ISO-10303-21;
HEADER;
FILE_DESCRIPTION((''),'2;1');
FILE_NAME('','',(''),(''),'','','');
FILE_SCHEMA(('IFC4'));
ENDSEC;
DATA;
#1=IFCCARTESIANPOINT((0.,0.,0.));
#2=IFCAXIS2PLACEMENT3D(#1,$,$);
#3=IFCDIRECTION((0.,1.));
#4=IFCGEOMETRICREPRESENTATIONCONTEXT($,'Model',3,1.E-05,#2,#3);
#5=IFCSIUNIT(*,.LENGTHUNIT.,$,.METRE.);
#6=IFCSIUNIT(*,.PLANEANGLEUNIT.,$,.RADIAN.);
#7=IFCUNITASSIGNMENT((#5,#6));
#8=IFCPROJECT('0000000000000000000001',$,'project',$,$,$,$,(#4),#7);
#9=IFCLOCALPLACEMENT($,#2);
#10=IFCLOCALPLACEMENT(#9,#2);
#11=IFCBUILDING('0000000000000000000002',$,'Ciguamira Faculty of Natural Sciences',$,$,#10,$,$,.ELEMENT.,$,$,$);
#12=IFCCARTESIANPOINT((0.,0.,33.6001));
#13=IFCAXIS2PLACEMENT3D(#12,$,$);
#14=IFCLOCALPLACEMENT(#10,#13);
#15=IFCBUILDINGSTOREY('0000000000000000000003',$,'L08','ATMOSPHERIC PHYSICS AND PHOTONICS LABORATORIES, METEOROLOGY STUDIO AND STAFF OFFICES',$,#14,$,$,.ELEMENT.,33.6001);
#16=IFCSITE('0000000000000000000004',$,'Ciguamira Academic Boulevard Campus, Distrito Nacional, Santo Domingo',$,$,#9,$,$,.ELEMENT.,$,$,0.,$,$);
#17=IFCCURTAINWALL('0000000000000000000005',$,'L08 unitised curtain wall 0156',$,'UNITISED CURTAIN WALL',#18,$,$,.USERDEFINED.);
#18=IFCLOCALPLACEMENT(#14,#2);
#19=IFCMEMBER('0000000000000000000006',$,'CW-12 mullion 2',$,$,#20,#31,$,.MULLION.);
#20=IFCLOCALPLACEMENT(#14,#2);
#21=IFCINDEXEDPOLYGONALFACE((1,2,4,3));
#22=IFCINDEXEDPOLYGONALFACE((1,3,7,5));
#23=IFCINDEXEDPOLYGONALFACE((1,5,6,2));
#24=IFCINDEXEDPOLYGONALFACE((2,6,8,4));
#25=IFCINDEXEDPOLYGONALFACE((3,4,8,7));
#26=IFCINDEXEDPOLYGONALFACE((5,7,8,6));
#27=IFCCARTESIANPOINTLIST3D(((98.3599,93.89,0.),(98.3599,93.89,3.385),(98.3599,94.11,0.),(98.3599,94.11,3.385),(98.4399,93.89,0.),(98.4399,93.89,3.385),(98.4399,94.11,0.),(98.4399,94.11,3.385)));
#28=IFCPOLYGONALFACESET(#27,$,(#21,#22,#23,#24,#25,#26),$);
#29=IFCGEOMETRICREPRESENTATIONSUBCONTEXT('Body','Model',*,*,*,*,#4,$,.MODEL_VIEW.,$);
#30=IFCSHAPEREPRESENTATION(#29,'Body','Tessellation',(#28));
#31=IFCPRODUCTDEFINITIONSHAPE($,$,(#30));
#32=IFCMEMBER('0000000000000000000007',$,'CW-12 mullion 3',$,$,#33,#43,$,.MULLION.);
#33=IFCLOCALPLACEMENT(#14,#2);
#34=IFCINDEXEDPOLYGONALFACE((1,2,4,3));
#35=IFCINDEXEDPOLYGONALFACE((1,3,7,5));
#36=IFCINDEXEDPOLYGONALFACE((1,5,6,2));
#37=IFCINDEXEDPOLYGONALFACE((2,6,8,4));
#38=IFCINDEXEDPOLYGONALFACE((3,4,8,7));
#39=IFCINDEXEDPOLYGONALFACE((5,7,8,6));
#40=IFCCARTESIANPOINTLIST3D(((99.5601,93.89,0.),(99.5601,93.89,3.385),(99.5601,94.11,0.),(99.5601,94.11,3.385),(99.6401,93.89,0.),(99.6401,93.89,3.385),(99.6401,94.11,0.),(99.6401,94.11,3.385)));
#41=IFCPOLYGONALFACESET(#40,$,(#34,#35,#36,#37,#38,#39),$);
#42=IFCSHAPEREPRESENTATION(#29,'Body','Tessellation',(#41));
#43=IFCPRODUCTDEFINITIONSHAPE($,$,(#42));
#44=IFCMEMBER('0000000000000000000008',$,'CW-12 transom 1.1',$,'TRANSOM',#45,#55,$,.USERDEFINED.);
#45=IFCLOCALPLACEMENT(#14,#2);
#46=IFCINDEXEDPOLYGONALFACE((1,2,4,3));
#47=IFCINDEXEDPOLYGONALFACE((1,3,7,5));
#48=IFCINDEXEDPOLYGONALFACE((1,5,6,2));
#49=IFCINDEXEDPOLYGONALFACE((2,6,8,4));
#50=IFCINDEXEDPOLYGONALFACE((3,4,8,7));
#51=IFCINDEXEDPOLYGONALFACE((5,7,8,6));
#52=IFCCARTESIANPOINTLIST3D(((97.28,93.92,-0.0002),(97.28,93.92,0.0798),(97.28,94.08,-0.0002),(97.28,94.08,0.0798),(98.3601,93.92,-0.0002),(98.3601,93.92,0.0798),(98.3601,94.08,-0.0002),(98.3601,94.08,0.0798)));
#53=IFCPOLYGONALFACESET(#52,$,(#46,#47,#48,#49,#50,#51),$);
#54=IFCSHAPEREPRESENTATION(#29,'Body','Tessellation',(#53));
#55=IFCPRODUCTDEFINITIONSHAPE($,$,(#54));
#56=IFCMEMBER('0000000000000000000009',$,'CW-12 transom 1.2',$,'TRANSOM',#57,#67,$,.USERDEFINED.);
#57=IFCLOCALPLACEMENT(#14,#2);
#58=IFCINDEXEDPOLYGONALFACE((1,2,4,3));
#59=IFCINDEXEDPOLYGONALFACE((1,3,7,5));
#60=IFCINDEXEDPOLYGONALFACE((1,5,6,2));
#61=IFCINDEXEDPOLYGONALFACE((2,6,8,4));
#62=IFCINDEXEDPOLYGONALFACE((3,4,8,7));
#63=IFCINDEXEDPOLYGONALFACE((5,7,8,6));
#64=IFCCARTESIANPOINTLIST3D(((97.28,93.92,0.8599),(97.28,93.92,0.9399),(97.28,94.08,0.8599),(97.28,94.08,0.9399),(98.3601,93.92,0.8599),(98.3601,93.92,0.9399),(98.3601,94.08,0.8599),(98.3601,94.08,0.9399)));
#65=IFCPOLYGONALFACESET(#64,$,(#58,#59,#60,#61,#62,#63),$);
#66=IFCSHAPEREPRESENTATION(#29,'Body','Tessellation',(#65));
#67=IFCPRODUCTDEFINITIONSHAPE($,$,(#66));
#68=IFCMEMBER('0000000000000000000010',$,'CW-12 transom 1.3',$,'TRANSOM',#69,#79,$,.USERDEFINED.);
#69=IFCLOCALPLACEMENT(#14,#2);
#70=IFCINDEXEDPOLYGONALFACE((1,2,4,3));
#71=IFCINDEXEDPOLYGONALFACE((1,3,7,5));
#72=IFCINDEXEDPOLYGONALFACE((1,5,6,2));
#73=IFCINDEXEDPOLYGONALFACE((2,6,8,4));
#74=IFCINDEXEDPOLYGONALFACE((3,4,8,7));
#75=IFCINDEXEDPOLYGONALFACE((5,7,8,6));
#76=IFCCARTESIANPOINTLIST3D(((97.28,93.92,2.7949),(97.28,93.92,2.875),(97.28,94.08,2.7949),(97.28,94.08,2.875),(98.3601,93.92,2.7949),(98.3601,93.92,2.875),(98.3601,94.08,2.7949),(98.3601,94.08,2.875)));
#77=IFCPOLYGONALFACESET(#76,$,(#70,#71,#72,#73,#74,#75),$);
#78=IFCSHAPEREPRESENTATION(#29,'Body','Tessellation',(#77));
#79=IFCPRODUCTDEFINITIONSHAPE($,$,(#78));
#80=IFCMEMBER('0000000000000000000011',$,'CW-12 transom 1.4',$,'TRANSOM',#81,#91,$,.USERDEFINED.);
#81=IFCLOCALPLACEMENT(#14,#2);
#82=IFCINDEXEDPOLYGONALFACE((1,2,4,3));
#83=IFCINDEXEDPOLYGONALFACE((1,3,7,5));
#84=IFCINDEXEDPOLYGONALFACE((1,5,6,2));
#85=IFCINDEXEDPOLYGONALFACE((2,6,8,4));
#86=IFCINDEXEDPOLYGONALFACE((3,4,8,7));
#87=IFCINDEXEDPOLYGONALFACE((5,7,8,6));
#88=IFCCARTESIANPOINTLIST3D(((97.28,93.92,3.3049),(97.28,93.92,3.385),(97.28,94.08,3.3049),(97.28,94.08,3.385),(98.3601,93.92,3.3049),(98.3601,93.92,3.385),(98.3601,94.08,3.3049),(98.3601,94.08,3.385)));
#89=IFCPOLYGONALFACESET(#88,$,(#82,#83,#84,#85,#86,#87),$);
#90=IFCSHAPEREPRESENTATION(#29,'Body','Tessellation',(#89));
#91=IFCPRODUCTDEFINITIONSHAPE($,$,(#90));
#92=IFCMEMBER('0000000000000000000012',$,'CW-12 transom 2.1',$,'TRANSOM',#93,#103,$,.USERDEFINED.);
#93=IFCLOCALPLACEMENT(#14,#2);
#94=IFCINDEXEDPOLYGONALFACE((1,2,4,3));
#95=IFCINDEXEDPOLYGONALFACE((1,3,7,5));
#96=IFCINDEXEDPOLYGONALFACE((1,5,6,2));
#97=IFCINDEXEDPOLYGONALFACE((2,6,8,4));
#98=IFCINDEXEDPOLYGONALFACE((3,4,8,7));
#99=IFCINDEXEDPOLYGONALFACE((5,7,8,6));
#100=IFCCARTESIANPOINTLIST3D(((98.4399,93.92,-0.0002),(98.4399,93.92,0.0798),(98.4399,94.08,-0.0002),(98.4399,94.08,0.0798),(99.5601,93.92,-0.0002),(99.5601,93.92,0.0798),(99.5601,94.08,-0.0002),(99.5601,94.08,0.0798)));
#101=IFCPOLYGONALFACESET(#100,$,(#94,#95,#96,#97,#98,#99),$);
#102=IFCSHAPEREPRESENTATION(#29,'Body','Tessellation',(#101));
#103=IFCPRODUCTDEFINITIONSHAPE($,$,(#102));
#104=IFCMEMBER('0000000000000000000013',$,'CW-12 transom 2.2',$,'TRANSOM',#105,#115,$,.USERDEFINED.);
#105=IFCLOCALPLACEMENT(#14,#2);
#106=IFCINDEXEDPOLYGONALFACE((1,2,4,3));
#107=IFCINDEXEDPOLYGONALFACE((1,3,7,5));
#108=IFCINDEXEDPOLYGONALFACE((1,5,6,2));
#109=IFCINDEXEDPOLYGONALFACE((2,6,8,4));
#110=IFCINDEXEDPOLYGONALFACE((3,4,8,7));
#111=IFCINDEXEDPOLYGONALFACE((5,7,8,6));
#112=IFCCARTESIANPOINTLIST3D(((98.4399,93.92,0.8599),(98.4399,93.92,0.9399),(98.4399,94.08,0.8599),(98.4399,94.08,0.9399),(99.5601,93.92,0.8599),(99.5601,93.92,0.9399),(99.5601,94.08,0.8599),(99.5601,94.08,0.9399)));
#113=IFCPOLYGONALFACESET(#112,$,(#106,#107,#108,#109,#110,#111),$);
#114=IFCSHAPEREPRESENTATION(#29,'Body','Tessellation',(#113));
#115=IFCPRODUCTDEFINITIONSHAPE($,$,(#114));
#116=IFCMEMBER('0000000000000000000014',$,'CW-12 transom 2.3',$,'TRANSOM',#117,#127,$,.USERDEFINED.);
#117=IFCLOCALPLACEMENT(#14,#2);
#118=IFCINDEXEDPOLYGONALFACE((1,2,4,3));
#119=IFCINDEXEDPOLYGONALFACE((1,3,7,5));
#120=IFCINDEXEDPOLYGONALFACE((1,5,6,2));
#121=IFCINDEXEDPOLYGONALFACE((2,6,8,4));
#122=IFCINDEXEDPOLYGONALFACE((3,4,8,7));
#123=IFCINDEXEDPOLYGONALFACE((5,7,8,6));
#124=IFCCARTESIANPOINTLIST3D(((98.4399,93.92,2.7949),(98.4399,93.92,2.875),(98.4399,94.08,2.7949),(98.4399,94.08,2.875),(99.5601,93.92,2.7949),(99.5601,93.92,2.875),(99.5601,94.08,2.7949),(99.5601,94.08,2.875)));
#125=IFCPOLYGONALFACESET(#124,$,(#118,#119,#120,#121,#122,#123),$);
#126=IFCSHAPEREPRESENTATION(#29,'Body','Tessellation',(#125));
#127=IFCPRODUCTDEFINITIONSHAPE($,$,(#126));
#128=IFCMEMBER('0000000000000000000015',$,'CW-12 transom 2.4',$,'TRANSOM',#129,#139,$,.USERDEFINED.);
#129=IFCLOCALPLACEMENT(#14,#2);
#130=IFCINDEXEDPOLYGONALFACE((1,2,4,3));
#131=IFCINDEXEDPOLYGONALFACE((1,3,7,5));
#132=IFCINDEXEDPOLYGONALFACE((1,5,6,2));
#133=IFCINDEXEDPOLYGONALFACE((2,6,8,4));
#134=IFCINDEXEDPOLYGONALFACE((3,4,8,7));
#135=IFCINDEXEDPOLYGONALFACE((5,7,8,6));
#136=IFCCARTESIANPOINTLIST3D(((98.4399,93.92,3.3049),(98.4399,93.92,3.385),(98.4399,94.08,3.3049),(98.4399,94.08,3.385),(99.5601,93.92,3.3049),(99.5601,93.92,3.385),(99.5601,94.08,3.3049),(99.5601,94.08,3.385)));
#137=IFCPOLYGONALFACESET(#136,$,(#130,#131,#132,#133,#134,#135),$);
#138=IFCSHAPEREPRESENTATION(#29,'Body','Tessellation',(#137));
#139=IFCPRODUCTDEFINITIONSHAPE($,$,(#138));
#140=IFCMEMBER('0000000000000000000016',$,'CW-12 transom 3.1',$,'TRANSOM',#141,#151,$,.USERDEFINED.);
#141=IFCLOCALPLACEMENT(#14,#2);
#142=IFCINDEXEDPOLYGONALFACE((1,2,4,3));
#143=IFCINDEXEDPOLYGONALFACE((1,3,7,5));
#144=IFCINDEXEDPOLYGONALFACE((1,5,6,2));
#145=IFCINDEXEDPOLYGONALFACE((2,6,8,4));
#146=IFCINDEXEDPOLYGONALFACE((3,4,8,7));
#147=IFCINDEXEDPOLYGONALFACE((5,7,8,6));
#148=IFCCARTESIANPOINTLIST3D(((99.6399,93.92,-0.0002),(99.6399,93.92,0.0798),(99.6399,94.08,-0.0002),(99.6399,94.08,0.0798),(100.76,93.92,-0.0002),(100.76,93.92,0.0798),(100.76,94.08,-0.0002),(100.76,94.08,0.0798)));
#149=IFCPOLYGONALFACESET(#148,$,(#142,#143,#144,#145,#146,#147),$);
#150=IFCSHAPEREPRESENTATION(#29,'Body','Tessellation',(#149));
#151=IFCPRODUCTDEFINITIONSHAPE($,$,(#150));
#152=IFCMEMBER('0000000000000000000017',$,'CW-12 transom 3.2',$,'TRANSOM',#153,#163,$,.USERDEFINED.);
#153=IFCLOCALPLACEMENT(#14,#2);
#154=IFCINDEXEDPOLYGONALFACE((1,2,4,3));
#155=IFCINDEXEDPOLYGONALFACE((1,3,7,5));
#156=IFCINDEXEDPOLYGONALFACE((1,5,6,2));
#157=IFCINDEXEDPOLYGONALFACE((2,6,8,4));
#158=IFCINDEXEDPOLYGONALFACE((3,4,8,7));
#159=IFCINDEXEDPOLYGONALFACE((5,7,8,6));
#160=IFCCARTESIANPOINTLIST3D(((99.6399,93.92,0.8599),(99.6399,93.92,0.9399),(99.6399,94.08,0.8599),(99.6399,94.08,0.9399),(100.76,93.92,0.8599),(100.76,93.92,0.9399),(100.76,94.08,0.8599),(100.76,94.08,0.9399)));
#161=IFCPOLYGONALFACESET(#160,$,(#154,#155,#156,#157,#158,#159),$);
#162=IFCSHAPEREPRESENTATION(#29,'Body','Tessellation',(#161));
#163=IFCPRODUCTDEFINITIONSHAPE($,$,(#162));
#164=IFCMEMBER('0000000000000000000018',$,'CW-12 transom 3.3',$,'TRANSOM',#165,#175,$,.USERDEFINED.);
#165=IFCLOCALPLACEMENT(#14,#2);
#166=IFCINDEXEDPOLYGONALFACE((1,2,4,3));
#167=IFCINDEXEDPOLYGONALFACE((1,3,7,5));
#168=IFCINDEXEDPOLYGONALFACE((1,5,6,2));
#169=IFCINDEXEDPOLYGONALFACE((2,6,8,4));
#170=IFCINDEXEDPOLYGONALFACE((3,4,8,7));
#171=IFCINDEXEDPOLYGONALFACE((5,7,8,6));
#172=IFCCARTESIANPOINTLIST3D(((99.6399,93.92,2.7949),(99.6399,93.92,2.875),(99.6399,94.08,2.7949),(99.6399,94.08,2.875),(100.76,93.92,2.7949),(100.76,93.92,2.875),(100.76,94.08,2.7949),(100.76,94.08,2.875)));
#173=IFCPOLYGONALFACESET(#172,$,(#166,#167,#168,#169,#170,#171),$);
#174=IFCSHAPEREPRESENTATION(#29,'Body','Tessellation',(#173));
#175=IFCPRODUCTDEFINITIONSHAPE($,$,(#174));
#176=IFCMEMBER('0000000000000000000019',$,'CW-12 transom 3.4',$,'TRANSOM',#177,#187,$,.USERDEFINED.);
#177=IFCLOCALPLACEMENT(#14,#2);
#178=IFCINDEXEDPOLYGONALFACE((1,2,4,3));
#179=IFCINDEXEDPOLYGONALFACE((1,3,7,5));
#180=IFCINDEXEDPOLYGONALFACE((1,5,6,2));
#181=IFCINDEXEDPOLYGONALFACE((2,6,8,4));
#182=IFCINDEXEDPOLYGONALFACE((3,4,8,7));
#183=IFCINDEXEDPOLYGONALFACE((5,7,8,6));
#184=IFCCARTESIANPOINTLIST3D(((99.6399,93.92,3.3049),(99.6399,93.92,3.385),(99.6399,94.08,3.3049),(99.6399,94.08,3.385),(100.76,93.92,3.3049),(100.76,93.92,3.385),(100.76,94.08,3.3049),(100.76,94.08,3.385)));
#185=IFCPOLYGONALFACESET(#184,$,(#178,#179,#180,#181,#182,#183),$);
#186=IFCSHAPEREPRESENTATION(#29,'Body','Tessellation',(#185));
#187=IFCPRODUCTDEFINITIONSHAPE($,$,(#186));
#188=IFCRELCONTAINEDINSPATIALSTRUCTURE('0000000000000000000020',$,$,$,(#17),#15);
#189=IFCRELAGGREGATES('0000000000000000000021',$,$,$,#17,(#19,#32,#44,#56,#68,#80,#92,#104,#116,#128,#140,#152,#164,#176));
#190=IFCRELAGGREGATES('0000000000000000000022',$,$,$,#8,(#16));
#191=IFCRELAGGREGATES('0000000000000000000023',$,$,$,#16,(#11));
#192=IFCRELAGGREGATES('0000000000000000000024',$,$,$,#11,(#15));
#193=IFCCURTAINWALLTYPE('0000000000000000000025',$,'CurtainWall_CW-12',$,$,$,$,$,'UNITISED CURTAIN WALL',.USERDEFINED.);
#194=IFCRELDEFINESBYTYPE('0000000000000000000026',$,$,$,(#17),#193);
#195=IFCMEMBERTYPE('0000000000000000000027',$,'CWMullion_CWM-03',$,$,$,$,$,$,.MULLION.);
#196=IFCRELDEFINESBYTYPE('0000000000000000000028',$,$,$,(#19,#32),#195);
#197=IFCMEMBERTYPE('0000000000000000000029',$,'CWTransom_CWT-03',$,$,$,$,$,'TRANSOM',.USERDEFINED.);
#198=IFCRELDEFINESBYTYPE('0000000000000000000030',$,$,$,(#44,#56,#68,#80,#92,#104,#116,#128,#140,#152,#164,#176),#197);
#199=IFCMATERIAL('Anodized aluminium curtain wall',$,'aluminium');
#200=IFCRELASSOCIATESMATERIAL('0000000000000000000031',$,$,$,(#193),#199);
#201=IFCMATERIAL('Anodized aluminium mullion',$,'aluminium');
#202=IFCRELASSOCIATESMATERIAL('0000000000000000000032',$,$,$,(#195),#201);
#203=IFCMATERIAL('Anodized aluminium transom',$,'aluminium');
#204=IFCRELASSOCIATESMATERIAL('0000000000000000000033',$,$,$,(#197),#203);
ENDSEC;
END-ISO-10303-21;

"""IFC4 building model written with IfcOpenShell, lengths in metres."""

from ifc_helpers import new_model, si_unit, direction, frame, origin, origin_2d, place, context, subcontext, project, spatial, rectangle, extrude, material, material_profile, profile_set, type_object, element, aggregate, save


model = new_model("IFC4")

# Units and contexts
model_context = context("Model", 3, precision=1e-05, world=origin(), true_north=direction((0.0, 1.0)))
body_context = subcontext(model_context, "Body", "Model", "MODEL_VIEW")
ifc_project = project(units=[si_unit("LENGTHUNIT", "METRE"), si_unit("PLANEANGLEUNIT", "RADIAN")], contexts=[model_context])

# Site, building, storey
site_placement = place(None, origin())
site = spatial("IfcSite", under=ifc_project, at=site_placement, Name="Ciguamira Academic Boulevard Campus, Distrito Nacional, Santo Domingo", CompositionType="ELEMENT", RefElevation=0.0)
building_placement = place(site_placement, origin())
building = spatial("IfcBuilding", under=site, at=building_placement, Name="Ciguamira Faculty of Natural Sciences", CompositionType="ELEMENT")
storey_placement = place(building_placement, frame((0.0, 0.0, 33.6001)))
storey = spatial("IfcBuildingStorey", under=building, at=storey_placement, Name="L08", Description="ATMOSPHERIC PHYSICS AND PHOTONICS LABORATORIES, METEOROLOGY STUDIO AND STAFF OFFICES", CompositionType="ELEMENT", Elevation=33.6001)

# Curtain wall, members
ifc_material_1 = material(Name="Anodized aluminium curtain wall", Category="aluminium")
curtain_wall_type = type_object("IfcCurtainWallType", Name="CurtainWall_CW-12", ElementType="UNITISED CURTAIN WALL", PredefinedType="USERDEFINED", material=ifc_material_1)
curtain_wall_placement = place(storey_placement, origin())
curtain_wall = element("IfcCurtainWall", 1, at=curtain_wall_placement, inside=storey, type_object=curtain_wall_type, Name="L08 unitised curtain wall 0156", ObjectType="UNITISED CURTAIN WALL", PredefinedType="USERDEFINED")
ifc_material_2 = material(Name="Anodized aluminium mullion", Category="aluminium")
ifc_material_profile_1 = material_profile(ifc_material_2, rectangle(XDim=0.0801, YDim=0.22, at=origin_2d()), Name="ALU-MUL-80X220")
ifc_profile_set_1 = profile_set([ifc_material_profile_1], Name="Anodized aluminium mullion")
member_type_1 = type_object("IfcMemberType", Name="CWMullion_CWM-03", PredefinedType="MULLION", material=ifc_profile_set_1)
member_1_placement = place(storey_placement, frame((98.3999, 94.0, 0.0), z_axis=(0.0, 0.0, 1.0), x_axis=(1.0, 0.0, 0.0)))
member_1 = element("IfcMember", 2, at=member_1_placement, type_object=member_type_1, Name="CW-12 mullion 2", PredefinedType="MULLION", context=body_context, shape_type="SweptSolid", body=[
    extrude(rectangle(XDim=0.0801, YDim=0.22, at=origin_2d()), origin(), (0.0, 0.0, 1.0), 3.385),
])
member_2_placement = place(storey_placement, frame((99.6001, 94.0, 0.0), z_axis=(0.0, 0.0, 1.0), x_axis=(1.0, 0.0, 0.0)))
member_2 = element("IfcMember", 3, at=member_2_placement, type_object=member_type_1, Name="CW-12 mullion 3", PredefinedType="MULLION", context=body_context, shape_type="SweptSolid", body=[
    extrude(rectangle(XDim=0.0801, YDim=0.22, at=origin_2d()), origin(), (0.0, 0.0, 1.0), 3.385),
])
ifc_material_3 = material(Name="Anodized aluminium transom", Category="aluminium")
ifc_material_profile_2 = material_profile(ifc_material_3, rectangle(XDim=0.0801, YDim=0.1599, at=origin_2d()), Name="ALU-TRN-80X160")
ifc_profile_set_2 = profile_set([ifc_material_profile_2], Name="Anodized aluminium transom")
member_type_2 = type_object("IfcMemberType", Name="CWTransom_CWT-03", ElementType="TRANSOM", PredefinedType="USERDEFINED", material=ifc_profile_set_2)
member_3_placement = place(storey_placement, frame((97.28, 94.0, 0.0398), z_axis=(1.0, 0.0, 0.0), x_axis=(0.0, 0.0, 1.0)))
member_3 = element("IfcMember", 4, at=member_3_placement, type_object=member_type_2, Name="CW-12 transom 1.1", ObjectType="TRANSOM", PredefinedType="USERDEFINED", context=body_context, shape_type="SweptSolid", body=[
    extrude(rectangle(XDim=0.0801, YDim=0.1599, at=origin_2d()), origin(), (0.0, 0.0, 1.0), 1.0801),
])
member_4_placement = place(storey_placement, frame((97.28, 94.0, 0.8999), z_axis=(1.0, 0.0, 0.0), x_axis=(0.0, 0.0, 1.0)))
member_4 = element("IfcMember", 5, at=member_4_placement, type_object=member_type_2, Name="CW-12 transom 1.2", ObjectType="TRANSOM", PredefinedType="USERDEFINED", context=body_context, shape_type="SweptSolid", body=[
    extrude(rectangle(XDim=0.0801, YDim=0.1599, at=origin_2d()), origin(), (0.0, 0.0, 1.0), 1.0801),
])
member_5_placement = place(storey_placement, frame((97.28, 94.0, 2.835), z_axis=(1.0, 0.0, 0.0), x_axis=(0.0, 0.0, 1.0)))
member_5 = element("IfcMember", 6, at=member_5_placement, type_object=member_type_2, Name="CW-12 transom 1.3", ObjectType="TRANSOM", PredefinedType="USERDEFINED", context=body_context, shape_type="SweptSolid", body=[
    extrude(rectangle(XDim=0.0801, YDim=0.1599, at=origin_2d()), origin(), (0.0, 0.0, 1.0), 1.0801),
])
member_6_placement = place(storey_placement, frame((97.28, 94.0, 3.345), z_axis=(1.0, 0.0, 0.0), x_axis=(0.0, 0.0, 1.0)))
member_6 = element("IfcMember", 7, at=member_6_placement, type_object=member_type_2, Name="CW-12 transom 1.4", ObjectType="TRANSOM", PredefinedType="USERDEFINED", context=body_context, shape_type="SweptSolid", body=[
    extrude(rectangle(XDim=0.0801, YDim=0.1599, at=origin_2d()), origin(), (0.0, 0.0, 1.0), 1.0801),
])
member_7_placement = place(storey_placement, frame((98.4399, 94.0, 0.0398), z_axis=(1.0, 0.0, 0.0), x_axis=(0.0, 0.0, 1.0)))
member_7 = element("IfcMember", 8, at=member_7_placement, type_object=member_type_2, Name="CW-12 transom 2.1", ObjectType="TRANSOM", PredefinedType="USERDEFINED", context=body_context, shape_type="SweptSolid", body=[
    extrude(rectangle(XDim=0.0801, YDim=0.1599, at=origin_2d()), origin(), (0.0, 0.0, 1.0), 1.1201),
])
member_8_placement = place(storey_placement, frame((98.4399, 94.0, 0.8999), z_axis=(1.0, 0.0, 0.0), x_axis=(0.0, 0.0, 1.0)))
member_8 = element("IfcMember", 9, at=member_8_placement, type_object=member_type_2, Name="CW-12 transom 2.2", ObjectType="TRANSOM", PredefinedType="USERDEFINED", context=body_context, shape_type="SweptSolid", body=[
    extrude(rectangle(XDim=0.0801, YDim=0.1599, at=origin_2d()), origin(), (0.0, 0.0, 1.0), 1.1201),
])
member_9_placement = place(storey_placement, frame((98.4399, 94.0, 2.835), z_axis=(1.0, 0.0, 0.0), x_axis=(0.0, 0.0, 1.0)))
member_9 = element("IfcMember", 10, at=member_9_placement, type_object=member_type_2, Name="CW-12 transom 2.3", ObjectType="TRANSOM", PredefinedType="USERDEFINED", context=body_context, shape_type="SweptSolid", body=[
    extrude(rectangle(XDim=0.0801, YDim=0.1599, at=origin_2d()), origin(), (0.0, 0.0, 1.0), 1.1201),
])
member_10_placement = place(storey_placement, frame((98.4399, 94.0, 3.345), z_axis=(1.0, 0.0, 0.0), x_axis=(0.0, 0.0, 1.0)))
member_10 = element("IfcMember", 11, at=member_10_placement, type_object=member_type_2, Name="CW-12 transom 2.4", ObjectType="TRANSOM", PredefinedType="USERDEFINED", context=body_context, shape_type="SweptSolid", body=[
    extrude(rectangle(XDim=0.0801, YDim=0.1599, at=origin_2d()), origin(), (0.0, 0.0, 1.0), 1.1201),
])
member_11_placement = place(storey_placement, frame((99.6399, 94.0, 0.0398), z_axis=(1.0, 0.0, 0.0), x_axis=(0.0, 0.0, 1.0)))
member_11 = element("IfcMember", 12, at=member_11_placement, type_object=member_type_2, Name="CW-12 transom 3.1", ObjectType="TRANSOM", PredefinedType="USERDEFINED", context=body_context, shape_type="SweptSolid", body=[
    extrude(rectangle(XDim=0.0801, YDim=0.1599, at=origin_2d()), origin(), (0.0, 0.0, 1.0), 1.1201),
])
member_12_placement = place(storey_placement, frame((99.6399, 94.0, 0.8999), z_axis=(1.0, 0.0, 0.0), x_axis=(0.0, 0.0, 1.0)))
member_12 = element("IfcMember", 13, at=member_12_placement, type_object=member_type_2, Name="CW-12 transom 3.2", ObjectType="TRANSOM", PredefinedType="USERDEFINED", context=body_context, shape_type="SweptSolid", body=[
    extrude(rectangle(XDim=0.0801, YDim=0.1599, at=origin_2d()), origin(), (0.0, 0.0, 1.0), 1.1201),
])
member_13_placement = place(storey_placement, frame((99.6399, 94.0, 2.835), z_axis=(1.0, 0.0, 0.0), x_axis=(0.0, 0.0, 1.0)))
member_13 = element("IfcMember", 14, at=member_13_placement, type_object=member_type_2, Name="CW-12 transom 3.3", ObjectType="TRANSOM", PredefinedType="USERDEFINED", context=body_context, shape_type="SweptSolid", body=[
    extrude(rectangle(XDim=0.0801, YDim=0.1599, at=origin_2d()), origin(), (0.0, 0.0, 1.0), 1.1201),
])
member_14_placement = place(storey_placement, frame((99.6399, 94.0, 3.345), z_axis=(1.0, 0.0, 0.0), x_axis=(0.0, 0.0, 1.0)))
member_14 = element("IfcMember", 15, at=member_14_placement, type_object=member_type_2, Name="CW-12 transom 3.4", ObjectType="TRANSOM", PredefinedType="USERDEFINED", context=body_context, shape_type="SweptSolid", body=[
    extrude(rectangle(XDim=0.0801, YDim=0.1599, at=origin_2d()), origin(), (0.0, 0.0, 1.0), 1.1201),
])
aggregate(curtain_wall, [member_1, member_2, member_3, member_4, member_5, member_6, member_7, member_8, member_9, member_10, member_11, member_12, member_13, member_14])

save(model, "model.ifc")
